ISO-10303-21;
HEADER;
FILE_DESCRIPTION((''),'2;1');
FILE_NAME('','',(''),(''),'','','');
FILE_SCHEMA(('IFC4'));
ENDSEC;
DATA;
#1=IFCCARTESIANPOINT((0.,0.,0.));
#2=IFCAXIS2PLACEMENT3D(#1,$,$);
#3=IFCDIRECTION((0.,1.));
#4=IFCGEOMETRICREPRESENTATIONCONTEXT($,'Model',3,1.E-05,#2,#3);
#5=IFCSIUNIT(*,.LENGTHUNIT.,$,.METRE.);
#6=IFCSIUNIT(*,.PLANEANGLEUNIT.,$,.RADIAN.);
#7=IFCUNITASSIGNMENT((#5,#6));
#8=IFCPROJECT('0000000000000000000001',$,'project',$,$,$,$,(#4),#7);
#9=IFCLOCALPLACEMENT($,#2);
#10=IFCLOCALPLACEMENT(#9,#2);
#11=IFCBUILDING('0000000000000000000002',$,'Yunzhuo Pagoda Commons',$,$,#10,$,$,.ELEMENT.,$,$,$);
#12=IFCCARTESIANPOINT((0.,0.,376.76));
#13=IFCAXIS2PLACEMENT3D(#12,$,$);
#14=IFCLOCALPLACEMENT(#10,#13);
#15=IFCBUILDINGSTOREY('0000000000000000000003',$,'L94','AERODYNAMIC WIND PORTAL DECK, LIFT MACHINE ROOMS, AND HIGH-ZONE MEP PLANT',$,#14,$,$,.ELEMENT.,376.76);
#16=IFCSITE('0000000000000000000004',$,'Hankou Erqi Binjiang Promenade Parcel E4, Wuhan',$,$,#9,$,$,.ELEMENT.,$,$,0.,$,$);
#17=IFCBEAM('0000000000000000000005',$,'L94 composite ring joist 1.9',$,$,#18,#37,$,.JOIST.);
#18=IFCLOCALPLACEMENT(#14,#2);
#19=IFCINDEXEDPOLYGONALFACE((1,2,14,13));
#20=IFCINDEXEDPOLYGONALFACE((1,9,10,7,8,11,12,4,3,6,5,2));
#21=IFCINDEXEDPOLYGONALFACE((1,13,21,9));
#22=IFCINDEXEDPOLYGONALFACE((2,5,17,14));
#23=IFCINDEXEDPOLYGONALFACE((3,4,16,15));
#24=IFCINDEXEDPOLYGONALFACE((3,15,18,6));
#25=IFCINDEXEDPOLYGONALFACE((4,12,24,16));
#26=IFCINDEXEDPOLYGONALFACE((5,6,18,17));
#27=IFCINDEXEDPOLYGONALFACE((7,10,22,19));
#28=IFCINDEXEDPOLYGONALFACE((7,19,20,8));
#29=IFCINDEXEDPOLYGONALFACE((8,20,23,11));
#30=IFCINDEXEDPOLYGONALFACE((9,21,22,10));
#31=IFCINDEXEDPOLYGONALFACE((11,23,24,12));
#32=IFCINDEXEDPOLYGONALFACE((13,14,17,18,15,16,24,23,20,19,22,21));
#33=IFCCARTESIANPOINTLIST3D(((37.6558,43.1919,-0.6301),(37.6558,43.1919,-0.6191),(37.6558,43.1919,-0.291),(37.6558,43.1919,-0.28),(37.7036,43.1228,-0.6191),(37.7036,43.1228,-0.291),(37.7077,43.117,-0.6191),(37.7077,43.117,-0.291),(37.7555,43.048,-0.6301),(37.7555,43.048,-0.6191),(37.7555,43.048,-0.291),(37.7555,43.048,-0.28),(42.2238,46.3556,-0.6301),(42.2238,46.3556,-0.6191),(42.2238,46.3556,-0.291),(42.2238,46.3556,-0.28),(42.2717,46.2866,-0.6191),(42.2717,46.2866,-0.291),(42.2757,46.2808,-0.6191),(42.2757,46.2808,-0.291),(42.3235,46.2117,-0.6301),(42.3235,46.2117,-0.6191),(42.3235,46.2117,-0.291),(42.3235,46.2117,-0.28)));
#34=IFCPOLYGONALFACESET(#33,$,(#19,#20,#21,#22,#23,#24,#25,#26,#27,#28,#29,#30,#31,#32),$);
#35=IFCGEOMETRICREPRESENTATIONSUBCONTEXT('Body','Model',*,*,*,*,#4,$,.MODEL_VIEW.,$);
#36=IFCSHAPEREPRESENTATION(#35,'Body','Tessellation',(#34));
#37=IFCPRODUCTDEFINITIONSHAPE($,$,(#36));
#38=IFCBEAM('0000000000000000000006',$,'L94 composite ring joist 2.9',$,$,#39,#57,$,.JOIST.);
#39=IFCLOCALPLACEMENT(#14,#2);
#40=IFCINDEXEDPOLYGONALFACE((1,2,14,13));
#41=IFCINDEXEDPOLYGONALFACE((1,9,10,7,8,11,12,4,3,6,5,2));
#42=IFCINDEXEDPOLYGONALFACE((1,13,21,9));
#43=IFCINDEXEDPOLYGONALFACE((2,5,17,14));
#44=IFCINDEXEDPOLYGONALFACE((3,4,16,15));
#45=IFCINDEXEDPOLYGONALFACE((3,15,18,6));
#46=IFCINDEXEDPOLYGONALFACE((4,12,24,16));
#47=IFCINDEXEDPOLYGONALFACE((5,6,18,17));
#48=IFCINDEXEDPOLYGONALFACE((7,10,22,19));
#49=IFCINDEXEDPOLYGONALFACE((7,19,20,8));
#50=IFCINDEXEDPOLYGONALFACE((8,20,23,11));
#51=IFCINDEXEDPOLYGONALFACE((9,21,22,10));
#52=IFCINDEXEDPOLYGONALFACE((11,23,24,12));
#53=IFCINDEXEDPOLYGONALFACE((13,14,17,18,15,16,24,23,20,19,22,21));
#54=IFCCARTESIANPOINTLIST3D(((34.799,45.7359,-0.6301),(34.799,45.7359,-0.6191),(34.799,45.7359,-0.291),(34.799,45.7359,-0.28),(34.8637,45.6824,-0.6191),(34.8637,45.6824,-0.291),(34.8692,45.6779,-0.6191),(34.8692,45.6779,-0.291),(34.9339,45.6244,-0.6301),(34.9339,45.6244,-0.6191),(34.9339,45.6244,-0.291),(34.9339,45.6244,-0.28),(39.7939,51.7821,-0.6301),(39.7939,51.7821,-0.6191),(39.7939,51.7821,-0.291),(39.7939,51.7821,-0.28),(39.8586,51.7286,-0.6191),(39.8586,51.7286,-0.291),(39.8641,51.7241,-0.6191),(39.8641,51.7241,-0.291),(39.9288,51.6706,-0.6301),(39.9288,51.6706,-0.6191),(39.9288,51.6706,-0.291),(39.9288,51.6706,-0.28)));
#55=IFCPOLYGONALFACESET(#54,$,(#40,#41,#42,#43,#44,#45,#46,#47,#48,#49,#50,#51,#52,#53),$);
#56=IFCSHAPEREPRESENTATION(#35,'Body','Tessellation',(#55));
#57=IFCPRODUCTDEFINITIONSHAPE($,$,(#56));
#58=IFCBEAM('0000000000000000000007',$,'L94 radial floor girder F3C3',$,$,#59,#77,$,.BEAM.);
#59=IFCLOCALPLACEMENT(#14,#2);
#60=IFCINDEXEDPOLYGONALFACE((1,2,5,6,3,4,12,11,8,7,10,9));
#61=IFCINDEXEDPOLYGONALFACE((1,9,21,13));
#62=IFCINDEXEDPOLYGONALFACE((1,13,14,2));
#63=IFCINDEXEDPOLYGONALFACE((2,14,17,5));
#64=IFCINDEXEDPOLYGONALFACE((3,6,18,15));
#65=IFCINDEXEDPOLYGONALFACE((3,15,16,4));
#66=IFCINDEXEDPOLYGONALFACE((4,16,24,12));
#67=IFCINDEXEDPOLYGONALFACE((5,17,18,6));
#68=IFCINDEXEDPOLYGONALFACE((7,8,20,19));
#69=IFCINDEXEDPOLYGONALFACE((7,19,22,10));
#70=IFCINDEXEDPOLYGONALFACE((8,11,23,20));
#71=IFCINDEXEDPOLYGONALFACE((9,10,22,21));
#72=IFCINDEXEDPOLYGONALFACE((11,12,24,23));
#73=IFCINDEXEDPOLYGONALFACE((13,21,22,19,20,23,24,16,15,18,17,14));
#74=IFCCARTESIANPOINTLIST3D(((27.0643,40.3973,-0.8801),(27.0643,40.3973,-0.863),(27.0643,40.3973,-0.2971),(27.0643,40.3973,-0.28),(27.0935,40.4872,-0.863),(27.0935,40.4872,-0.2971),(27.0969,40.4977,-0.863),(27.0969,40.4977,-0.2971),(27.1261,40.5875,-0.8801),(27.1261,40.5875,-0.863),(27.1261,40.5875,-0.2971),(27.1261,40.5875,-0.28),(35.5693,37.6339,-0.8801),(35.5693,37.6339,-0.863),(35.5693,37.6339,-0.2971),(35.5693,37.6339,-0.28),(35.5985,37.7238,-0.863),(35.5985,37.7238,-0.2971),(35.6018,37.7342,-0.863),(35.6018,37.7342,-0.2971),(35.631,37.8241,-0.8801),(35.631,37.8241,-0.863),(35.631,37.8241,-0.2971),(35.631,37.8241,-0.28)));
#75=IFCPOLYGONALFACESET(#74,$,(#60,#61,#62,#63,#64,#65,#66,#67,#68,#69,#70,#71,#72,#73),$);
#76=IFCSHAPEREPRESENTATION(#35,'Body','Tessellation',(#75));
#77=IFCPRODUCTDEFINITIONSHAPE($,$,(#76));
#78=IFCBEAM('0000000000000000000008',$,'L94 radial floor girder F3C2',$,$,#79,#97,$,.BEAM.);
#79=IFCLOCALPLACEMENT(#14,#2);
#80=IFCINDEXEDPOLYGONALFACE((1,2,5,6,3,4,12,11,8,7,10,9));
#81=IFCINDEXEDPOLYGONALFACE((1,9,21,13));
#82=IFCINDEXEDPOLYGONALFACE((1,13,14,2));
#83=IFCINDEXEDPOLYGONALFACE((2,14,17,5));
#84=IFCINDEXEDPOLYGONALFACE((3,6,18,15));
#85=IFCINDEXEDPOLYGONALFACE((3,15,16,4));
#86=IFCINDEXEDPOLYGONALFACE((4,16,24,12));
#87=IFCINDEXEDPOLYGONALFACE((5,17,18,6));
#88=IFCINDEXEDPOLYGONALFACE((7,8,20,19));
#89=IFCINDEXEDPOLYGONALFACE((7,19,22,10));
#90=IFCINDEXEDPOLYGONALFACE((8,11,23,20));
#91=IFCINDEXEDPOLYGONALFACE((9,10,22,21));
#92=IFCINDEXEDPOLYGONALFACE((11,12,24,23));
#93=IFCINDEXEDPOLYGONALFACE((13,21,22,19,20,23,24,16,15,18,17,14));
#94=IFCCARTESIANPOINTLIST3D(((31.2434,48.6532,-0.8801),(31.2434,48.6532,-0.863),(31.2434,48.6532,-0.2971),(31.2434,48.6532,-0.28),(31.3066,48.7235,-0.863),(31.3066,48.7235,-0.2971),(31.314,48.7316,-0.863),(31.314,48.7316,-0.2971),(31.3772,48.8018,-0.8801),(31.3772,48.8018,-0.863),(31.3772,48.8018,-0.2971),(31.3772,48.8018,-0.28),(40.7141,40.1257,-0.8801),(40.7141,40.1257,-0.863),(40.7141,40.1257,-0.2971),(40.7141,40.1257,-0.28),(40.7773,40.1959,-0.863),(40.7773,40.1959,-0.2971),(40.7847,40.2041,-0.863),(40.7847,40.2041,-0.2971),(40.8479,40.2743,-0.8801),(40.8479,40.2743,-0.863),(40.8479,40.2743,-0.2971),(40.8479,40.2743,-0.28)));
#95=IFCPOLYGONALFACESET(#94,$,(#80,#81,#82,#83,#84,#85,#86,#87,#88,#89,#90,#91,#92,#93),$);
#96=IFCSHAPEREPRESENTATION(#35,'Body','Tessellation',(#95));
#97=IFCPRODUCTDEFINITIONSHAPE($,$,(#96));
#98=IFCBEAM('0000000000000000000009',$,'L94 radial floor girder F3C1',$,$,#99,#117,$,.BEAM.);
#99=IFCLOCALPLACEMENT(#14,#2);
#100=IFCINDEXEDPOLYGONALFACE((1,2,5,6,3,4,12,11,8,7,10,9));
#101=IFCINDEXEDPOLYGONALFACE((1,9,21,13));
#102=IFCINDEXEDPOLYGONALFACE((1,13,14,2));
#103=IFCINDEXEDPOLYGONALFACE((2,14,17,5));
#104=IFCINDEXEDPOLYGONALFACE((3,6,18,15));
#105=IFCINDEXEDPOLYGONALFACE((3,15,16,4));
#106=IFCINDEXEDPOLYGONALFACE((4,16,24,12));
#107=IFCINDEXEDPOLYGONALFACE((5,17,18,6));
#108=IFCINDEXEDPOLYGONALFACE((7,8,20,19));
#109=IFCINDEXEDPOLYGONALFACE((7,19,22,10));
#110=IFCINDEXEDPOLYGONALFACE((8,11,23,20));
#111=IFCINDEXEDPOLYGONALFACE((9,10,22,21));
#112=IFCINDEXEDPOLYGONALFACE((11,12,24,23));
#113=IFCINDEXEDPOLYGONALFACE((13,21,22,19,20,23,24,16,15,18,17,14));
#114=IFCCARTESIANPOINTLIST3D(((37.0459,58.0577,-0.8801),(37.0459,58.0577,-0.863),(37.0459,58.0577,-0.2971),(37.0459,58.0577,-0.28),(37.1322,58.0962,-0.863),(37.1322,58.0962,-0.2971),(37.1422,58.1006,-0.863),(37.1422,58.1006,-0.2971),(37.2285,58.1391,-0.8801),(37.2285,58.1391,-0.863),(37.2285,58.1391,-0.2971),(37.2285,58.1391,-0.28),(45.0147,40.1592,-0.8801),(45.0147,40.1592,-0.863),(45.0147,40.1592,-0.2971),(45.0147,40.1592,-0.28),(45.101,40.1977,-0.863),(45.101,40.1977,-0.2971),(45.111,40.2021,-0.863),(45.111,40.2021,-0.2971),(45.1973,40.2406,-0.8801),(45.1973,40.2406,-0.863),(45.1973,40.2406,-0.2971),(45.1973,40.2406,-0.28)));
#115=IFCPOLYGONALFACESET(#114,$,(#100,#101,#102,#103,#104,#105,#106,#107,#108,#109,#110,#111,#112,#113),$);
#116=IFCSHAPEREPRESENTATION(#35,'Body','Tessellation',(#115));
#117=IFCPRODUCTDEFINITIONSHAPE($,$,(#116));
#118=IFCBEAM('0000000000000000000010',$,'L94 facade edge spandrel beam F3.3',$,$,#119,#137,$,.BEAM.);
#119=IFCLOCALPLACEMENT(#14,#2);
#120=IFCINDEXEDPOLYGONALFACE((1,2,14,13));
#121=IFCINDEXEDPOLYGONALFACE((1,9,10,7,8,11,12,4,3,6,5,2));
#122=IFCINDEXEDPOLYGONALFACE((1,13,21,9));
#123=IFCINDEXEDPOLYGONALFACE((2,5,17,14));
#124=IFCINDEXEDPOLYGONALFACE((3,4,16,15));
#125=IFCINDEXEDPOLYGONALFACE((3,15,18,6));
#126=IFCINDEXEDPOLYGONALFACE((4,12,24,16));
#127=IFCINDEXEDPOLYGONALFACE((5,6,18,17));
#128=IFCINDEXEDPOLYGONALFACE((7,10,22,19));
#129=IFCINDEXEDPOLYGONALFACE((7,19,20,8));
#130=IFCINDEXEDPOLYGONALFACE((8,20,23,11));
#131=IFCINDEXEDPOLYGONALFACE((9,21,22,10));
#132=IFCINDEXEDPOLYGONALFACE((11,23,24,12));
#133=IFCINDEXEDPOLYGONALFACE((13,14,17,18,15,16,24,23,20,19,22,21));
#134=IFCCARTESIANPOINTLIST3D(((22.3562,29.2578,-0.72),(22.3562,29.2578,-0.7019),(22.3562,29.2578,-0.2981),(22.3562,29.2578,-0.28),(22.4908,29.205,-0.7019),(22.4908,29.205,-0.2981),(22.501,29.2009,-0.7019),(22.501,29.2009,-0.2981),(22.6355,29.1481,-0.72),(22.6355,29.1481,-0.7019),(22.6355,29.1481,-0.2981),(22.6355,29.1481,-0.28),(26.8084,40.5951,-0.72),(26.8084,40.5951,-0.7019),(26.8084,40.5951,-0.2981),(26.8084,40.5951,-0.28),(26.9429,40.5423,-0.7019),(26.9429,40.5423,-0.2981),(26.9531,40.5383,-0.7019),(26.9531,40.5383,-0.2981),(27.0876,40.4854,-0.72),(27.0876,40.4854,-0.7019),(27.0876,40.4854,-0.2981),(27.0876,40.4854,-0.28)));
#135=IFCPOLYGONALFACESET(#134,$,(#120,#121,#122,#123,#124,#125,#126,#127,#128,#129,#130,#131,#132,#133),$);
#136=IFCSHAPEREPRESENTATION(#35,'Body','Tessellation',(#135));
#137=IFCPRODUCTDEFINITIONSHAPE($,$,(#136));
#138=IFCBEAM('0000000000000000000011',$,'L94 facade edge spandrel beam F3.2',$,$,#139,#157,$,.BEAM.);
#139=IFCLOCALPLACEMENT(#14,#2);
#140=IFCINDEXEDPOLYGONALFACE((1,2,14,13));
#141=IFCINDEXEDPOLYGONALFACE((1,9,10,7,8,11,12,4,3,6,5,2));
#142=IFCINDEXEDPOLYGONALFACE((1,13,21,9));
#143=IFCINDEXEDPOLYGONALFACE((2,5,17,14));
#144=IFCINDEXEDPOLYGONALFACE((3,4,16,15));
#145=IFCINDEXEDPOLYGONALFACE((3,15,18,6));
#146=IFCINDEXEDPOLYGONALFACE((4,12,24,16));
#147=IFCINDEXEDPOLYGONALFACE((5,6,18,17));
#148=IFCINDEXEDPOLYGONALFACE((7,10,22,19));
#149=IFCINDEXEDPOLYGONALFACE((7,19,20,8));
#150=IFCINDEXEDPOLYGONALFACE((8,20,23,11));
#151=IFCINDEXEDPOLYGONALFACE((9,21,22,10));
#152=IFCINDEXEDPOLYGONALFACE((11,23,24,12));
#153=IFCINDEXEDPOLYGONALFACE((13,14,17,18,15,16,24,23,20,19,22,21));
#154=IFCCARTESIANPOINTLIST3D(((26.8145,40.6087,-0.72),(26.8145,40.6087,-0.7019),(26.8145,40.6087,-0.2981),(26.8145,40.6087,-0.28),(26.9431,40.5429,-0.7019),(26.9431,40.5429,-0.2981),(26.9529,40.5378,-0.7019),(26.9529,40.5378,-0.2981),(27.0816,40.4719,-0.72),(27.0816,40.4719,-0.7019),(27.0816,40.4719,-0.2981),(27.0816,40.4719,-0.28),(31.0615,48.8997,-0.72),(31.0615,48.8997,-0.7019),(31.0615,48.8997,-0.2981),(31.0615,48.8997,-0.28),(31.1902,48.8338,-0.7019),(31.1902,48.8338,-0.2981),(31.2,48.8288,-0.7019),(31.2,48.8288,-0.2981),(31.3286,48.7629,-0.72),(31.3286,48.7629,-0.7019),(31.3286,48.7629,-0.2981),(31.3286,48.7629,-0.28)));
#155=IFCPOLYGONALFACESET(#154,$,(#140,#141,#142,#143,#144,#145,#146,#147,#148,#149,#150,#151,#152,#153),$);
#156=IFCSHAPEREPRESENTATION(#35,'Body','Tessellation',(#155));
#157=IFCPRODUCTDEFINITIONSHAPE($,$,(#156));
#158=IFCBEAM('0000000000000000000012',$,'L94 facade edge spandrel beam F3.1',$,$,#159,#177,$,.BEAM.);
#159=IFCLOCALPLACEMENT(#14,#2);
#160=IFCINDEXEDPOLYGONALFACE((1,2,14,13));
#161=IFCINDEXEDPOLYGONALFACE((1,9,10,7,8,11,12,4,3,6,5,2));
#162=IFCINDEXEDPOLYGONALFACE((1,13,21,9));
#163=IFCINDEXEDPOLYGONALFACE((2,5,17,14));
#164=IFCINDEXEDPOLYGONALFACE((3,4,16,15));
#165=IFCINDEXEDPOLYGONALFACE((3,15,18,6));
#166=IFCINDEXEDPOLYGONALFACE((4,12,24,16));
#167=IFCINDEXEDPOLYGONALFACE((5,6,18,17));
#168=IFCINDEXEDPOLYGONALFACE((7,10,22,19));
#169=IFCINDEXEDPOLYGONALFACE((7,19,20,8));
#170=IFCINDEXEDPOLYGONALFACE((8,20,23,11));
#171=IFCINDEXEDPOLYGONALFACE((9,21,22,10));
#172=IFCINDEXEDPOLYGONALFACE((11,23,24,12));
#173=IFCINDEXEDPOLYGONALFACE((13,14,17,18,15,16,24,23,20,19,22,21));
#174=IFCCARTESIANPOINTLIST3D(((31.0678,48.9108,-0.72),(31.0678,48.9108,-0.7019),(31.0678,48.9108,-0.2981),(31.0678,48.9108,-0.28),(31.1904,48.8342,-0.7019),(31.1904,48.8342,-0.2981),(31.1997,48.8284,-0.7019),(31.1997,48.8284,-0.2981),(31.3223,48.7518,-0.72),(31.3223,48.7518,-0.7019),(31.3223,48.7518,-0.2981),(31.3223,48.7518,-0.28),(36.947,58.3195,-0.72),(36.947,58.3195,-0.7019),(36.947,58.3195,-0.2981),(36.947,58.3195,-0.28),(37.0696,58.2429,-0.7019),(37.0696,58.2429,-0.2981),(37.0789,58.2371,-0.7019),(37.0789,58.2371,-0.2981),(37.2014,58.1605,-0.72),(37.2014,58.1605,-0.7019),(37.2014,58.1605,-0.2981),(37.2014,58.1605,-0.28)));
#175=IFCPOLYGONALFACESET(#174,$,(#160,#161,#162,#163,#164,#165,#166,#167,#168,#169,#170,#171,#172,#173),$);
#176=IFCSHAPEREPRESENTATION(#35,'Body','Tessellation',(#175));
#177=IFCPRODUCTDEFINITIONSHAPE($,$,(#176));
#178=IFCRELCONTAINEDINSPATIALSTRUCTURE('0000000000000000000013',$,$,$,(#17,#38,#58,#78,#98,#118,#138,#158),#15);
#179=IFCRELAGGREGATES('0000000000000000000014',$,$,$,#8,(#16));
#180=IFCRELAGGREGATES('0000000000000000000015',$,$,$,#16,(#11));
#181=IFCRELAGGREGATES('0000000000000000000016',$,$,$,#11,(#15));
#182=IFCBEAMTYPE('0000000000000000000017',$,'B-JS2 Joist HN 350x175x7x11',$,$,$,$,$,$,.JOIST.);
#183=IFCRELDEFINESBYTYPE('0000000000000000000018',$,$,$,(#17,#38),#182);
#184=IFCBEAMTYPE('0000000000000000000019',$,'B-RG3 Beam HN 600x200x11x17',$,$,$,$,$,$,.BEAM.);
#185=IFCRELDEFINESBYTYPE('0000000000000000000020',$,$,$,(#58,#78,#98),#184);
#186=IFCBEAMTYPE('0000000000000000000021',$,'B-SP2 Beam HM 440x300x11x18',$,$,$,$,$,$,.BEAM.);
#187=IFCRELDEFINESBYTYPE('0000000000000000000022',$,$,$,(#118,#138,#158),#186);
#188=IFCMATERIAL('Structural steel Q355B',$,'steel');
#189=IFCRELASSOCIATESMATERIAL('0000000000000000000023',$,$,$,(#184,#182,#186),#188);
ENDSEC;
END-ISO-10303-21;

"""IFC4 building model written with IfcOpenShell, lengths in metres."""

from ifc_helpers import new_model, si_unit, direction, frame, origin, origin_2d, place, context, subcontext, project, spatial, i_section, extrude, source, transform, mapped, material, material_profile, profile_set, type_object, element, save


model = new_model("IFC4")

# Units and contexts
model_context = context("Model", 3, precision=1e-05, world=origin(), true_north=direction((0.0, 1.0)))
body_context = subcontext(model_context, "Body", "Model", "MODEL_VIEW")
ifc_project = project(units=[si_unit("LENGTHUNIT", "METRE"), si_unit("PLANEANGLEUNIT", "RADIAN")], contexts=[model_context])

# Site, building, storey
site_placement = place(None, origin())
site = spatial("IfcSite", under=ifc_project, at=site_placement, Name="Hankou Erqi Binjiang Promenade Parcel E4, Wuhan", CompositionType="ELEMENT", RefElevation=0.0)
building_placement = place(site_placement, origin())
building = spatial("IfcBuilding", under=site, at=building_placement, Name="Yunzhuo Pagoda Commons", CompositionType="ELEMENT")
storey_placement = place(building_placement, frame((0.0, 0.0, 376.76)))
storey = spatial("IfcBuildingStorey", under=building, at=storey_placement, Name="L94", Description="AERODYNAMIC WIND PORTAL DECK, LIFT MACHINE ROOMS, AND HIGH-ZONE MEP PLANT", CompositionType="ELEMENT", Elevation=376.76)

# Shared definitions
ifc_material_1 = material(Name="Structural steel Q355B", Category="steel")

# Beams
ifc_material_profile_1 = material_profile(ifc_material_1, i_section(OverallWidth=0.2, OverallDepth=0.6001, WebThickness=0.011, FlangeThickness=0.0171, at=origin_2d()), Name="Structural steel Q355B")
ifc_profile_set_1 = profile_set([ifc_material_profile_1], Name="Structural steel Q355B")
beam_type_1 = type_object("IfcBeamType", Name="B-RG3 Beam HN 600x200x11x17", PredefinedType="BEAM", material=ifc_profile_set_1)
ifc_material_profile_2 = material_profile(ifc_material_1, i_section(OverallWidth=0.175, OverallDepth=0.3501, WebThickness=0.0071, FlangeThickness=0.011, at=origin_2d()), Name="Structural steel Q355B")
ifc_profile_set_2 = profile_set([ifc_material_profile_2], Name="Structural steel Q355B")
beam_type_2 = type_object("IfcBeamType", Name="B-JS2 Joist HN 350x175x7x11", PredefinedType="JOIST", material=ifc_profile_set_2)
shared_shape_1 = source(origin(), body_context, "Body", "SweptSolid", [
    extrude(i_section(OverallWidth=0.175, OverallDepth=0.3501, WebThickness=0.0071, FlangeThickness=0.011, at=origin_2d()), origin(), (0.0, 0.0, 1.0), 5.5566),
])
beam_1_placement = place(storey_placement, frame((42.2737, 46.2837, -0.4551), z_axis=(-0.822085, -0.569365, 0.0), x_axis=(0.569365, -0.822085, 0.0)))
element("IfcBeam", 1, at=beam_1_placement, inside=storey, type_object=beam_type_2, Name="L94 composite ring joist 1.9", PredefinedType="JOIST", context=body_context, shape_type="MappedRepresentation", body=[
    mapped(shared_shape_1, transform((0.0, 0.0, 0.0), scale=1.0)),
])
shared_shape_2 = source(origin(), body_context, "Body", "SweptSolid", [
    extrude(i_section(OverallWidth=0.175, OverallDepth=0.3501, WebThickness=0.0071, FlangeThickness=0.011, at=origin_2d()), origin(), (0.0, 0.0, 1.0), 7.8425),
])
beam_2_placement = place(storey_placement, frame((39.8613, 51.7263, -0.4551), z_axis=(-0.636899, -0.770947, 0.0), x_axis=(0.770947, -0.636899, 0.0)))
element("IfcBeam", 2, at=beam_2_placement, inside=storey, type_object=beam_type_2, Name="L94 composite ring joist 2.9", PredefinedType="JOIST", context=body_context, shape_type="MappedRepresentation", body=[
    mapped(shared_shape_2, transform((0.0, 0.0, 0.0), scale=1.0)),
])
shared_shape_3 = source(origin(), body_context, "Body", "SweptSolid", [
    extrude(i_section(OverallWidth=0.2, OverallDepth=0.6001, WebThickness=0.011, FlangeThickness=0.0171, at=origin_2d()), origin(), (0.0, 0.0, 1.0), 8.9426),
])
beam_3_placement = place(storey_placement, frame((27.0952, 40.4924, -0.5801), z_axis=(0.951056, -0.309019, 0.0), x_axis=(0.309019, 0.951056, 0.0)))
element("IfcBeam", 3, at=beam_3_placement, inside=storey, type_object=beam_type_1, Name="L94 radial floor girder F3C3", PredefinedType="BEAM", context=body_context, shape_type="MappedRepresentation", body=[
    mapped(shared_shape_3, transform((0.0, 0.0, 0.0), scale=1.0)),
])
shared_shape_4 = source(origin(), body_context, "Body", "SweptSolid", [
    extrude(i_section(OverallWidth=0.2, OverallDepth=0.6001, WebThickness=0.011, FlangeThickness=0.0171, at=origin_2d()), origin(), (0.0, 0.0, 1.0), 12.7441),
])
beam_4_placement = place(storey_placement, frame((31.3103, 48.7275, -0.5801), z_axis=(0.74314, -0.669136, 0.0), x_axis=(0.669136, 0.74314, 0.0)))
element("IfcBeam", 4, at=beam_4_placement, inside=storey, type_object=beam_type_1, Name="L94 radial floor girder F3C2", PredefinedType="BEAM", context=body_context, shape_type="MappedRepresentation", body=[
    mapped(shared_shape_4, transform((0.0, 0.0, 0.0), scale=1.0)),
])
shared_shape_5 = source(origin(), body_context, "Body", "SweptSolid", [
    extrude(i_section(OverallWidth=0.2, OverallDepth=0.6001, WebThickness=0.011, FlangeThickness=0.0171, at=origin_2d()), origin(), (0.0, 0.0, 1.0), 19.5923),
])
beam_5_placement = place(storey_placement, frame((37.1372, 58.0984, -0.5801), z_axis=(0.40673, -0.913548, 0.0), x_axis=(0.913548, 0.40673, 0.0)))
element("IfcBeam", 5, at=beam_5_placement, inside=storey, type_object=beam_type_1, Name="L94 radial floor girder F3C1", PredefinedType="BEAM", context=body_context, shape_type="MappedRepresentation", body=[
    mapped(shared_shape_5, transform((0.0, 0.0, 0.0), scale=1.0)),
])
ifc_material_profile_3 = material_profile(ifc_material_1, i_section(OverallWidth=0.3, OverallDepth=0.4399, WebThickness=0.011, FlangeThickness=0.0181, at=origin_2d()), Name="Structural steel Q355B")
ifc_profile_set_3 = profile_set([ifc_material_profile_3], Name="Structural steel Q355B")
beam_type_3 = type_object("IfcBeamType", Name="B-SP2 Beam HM 440x300x11x18", PredefinedType="BEAM", material=ifc_profile_set_3)
shared_shape_6 = source(origin(), body_context, "Body", "SweptSolid", [
    extrude(i_section(OverallWidth=0.3, OverallDepth=0.4399, WebThickness=0.011, FlangeThickness=0.0181, at=origin_2d()), origin(), (0.0, 0.0, 1.0), 12.1802),
])
beam_6_placement = place(storey_placement, frame((26.948, 40.5403, -0.5), z_axis=(-0.365522, -0.930803, 0.0), x_axis=(0.930803, -0.365522, 0.0)))
element("IfcBeam", 6, at=beam_6_placement, inside=storey, type_object=beam_type_3, Name="L94 facade edge spandrel beam F3.3", PredefinedType="BEAM", context=body_context, shape_type="MappedRepresentation", body=[
    mapped(shared_shape_6, transform((0.0, 0.0, 0.0), scale=1.0)),
])
shared_shape_7 = source(origin(), body_context, "Body", "SweptSolid", [
    extrude(i_section(OverallWidth=0.3, OverallDepth=0.4399, WebThickness=0.011, FlangeThickness=0.0181, at=origin_2d()), origin(), (0.0, 0.0, 1.0), 9.3154),
])
beam_7_placement = place(storey_placement, frame((31.1951, 48.8313, -0.5), z_axis=(-0.455914, -0.890024, 0.0), x_axis=(0.890024, -0.455914, 0.0)))
element("IfcBeam", 7, at=beam_7_placement, inside=storey, type_object=beam_type_3, Name="L94 facade edge spandrel beam F3.2", PredefinedType="BEAM", context=body_context, shape_type="MappedRepresentation", body=[
    mapped(shared_shape_7, transform((0.0, 0.0, 0.0), scale=1.0)),
])
shared_shape_8 = source(origin(), body_context, "Body", "SweptSolid", [
    extrude(i_section(OverallWidth=0.3, OverallDepth=0.4399, WebThickness=0.011, FlangeThickness=0.0181, at=origin_2d()), origin(), (0.0, 0.0, 1.0), 11.0945),
])
beam_8_placement = place(storey_placement, frame((37.0742, 58.24, -0.5), z_axis=(-0.529916, -0.84805, 0.0), x_axis=(0.84805, -0.529916, 0.0)))
element("IfcBeam", 8, at=beam_8_placement, inside=storey, type_object=beam_type_3, Name="L94 facade edge spandrel beam F3.1", PredefinedType="BEAM", context=body_context, shape_type="MappedRepresentation", body=[
    mapped(shared_shape_8, transform((0.0, 0.0, 0.0), scale=1.0)),
])

save(model, "model.ifc")
